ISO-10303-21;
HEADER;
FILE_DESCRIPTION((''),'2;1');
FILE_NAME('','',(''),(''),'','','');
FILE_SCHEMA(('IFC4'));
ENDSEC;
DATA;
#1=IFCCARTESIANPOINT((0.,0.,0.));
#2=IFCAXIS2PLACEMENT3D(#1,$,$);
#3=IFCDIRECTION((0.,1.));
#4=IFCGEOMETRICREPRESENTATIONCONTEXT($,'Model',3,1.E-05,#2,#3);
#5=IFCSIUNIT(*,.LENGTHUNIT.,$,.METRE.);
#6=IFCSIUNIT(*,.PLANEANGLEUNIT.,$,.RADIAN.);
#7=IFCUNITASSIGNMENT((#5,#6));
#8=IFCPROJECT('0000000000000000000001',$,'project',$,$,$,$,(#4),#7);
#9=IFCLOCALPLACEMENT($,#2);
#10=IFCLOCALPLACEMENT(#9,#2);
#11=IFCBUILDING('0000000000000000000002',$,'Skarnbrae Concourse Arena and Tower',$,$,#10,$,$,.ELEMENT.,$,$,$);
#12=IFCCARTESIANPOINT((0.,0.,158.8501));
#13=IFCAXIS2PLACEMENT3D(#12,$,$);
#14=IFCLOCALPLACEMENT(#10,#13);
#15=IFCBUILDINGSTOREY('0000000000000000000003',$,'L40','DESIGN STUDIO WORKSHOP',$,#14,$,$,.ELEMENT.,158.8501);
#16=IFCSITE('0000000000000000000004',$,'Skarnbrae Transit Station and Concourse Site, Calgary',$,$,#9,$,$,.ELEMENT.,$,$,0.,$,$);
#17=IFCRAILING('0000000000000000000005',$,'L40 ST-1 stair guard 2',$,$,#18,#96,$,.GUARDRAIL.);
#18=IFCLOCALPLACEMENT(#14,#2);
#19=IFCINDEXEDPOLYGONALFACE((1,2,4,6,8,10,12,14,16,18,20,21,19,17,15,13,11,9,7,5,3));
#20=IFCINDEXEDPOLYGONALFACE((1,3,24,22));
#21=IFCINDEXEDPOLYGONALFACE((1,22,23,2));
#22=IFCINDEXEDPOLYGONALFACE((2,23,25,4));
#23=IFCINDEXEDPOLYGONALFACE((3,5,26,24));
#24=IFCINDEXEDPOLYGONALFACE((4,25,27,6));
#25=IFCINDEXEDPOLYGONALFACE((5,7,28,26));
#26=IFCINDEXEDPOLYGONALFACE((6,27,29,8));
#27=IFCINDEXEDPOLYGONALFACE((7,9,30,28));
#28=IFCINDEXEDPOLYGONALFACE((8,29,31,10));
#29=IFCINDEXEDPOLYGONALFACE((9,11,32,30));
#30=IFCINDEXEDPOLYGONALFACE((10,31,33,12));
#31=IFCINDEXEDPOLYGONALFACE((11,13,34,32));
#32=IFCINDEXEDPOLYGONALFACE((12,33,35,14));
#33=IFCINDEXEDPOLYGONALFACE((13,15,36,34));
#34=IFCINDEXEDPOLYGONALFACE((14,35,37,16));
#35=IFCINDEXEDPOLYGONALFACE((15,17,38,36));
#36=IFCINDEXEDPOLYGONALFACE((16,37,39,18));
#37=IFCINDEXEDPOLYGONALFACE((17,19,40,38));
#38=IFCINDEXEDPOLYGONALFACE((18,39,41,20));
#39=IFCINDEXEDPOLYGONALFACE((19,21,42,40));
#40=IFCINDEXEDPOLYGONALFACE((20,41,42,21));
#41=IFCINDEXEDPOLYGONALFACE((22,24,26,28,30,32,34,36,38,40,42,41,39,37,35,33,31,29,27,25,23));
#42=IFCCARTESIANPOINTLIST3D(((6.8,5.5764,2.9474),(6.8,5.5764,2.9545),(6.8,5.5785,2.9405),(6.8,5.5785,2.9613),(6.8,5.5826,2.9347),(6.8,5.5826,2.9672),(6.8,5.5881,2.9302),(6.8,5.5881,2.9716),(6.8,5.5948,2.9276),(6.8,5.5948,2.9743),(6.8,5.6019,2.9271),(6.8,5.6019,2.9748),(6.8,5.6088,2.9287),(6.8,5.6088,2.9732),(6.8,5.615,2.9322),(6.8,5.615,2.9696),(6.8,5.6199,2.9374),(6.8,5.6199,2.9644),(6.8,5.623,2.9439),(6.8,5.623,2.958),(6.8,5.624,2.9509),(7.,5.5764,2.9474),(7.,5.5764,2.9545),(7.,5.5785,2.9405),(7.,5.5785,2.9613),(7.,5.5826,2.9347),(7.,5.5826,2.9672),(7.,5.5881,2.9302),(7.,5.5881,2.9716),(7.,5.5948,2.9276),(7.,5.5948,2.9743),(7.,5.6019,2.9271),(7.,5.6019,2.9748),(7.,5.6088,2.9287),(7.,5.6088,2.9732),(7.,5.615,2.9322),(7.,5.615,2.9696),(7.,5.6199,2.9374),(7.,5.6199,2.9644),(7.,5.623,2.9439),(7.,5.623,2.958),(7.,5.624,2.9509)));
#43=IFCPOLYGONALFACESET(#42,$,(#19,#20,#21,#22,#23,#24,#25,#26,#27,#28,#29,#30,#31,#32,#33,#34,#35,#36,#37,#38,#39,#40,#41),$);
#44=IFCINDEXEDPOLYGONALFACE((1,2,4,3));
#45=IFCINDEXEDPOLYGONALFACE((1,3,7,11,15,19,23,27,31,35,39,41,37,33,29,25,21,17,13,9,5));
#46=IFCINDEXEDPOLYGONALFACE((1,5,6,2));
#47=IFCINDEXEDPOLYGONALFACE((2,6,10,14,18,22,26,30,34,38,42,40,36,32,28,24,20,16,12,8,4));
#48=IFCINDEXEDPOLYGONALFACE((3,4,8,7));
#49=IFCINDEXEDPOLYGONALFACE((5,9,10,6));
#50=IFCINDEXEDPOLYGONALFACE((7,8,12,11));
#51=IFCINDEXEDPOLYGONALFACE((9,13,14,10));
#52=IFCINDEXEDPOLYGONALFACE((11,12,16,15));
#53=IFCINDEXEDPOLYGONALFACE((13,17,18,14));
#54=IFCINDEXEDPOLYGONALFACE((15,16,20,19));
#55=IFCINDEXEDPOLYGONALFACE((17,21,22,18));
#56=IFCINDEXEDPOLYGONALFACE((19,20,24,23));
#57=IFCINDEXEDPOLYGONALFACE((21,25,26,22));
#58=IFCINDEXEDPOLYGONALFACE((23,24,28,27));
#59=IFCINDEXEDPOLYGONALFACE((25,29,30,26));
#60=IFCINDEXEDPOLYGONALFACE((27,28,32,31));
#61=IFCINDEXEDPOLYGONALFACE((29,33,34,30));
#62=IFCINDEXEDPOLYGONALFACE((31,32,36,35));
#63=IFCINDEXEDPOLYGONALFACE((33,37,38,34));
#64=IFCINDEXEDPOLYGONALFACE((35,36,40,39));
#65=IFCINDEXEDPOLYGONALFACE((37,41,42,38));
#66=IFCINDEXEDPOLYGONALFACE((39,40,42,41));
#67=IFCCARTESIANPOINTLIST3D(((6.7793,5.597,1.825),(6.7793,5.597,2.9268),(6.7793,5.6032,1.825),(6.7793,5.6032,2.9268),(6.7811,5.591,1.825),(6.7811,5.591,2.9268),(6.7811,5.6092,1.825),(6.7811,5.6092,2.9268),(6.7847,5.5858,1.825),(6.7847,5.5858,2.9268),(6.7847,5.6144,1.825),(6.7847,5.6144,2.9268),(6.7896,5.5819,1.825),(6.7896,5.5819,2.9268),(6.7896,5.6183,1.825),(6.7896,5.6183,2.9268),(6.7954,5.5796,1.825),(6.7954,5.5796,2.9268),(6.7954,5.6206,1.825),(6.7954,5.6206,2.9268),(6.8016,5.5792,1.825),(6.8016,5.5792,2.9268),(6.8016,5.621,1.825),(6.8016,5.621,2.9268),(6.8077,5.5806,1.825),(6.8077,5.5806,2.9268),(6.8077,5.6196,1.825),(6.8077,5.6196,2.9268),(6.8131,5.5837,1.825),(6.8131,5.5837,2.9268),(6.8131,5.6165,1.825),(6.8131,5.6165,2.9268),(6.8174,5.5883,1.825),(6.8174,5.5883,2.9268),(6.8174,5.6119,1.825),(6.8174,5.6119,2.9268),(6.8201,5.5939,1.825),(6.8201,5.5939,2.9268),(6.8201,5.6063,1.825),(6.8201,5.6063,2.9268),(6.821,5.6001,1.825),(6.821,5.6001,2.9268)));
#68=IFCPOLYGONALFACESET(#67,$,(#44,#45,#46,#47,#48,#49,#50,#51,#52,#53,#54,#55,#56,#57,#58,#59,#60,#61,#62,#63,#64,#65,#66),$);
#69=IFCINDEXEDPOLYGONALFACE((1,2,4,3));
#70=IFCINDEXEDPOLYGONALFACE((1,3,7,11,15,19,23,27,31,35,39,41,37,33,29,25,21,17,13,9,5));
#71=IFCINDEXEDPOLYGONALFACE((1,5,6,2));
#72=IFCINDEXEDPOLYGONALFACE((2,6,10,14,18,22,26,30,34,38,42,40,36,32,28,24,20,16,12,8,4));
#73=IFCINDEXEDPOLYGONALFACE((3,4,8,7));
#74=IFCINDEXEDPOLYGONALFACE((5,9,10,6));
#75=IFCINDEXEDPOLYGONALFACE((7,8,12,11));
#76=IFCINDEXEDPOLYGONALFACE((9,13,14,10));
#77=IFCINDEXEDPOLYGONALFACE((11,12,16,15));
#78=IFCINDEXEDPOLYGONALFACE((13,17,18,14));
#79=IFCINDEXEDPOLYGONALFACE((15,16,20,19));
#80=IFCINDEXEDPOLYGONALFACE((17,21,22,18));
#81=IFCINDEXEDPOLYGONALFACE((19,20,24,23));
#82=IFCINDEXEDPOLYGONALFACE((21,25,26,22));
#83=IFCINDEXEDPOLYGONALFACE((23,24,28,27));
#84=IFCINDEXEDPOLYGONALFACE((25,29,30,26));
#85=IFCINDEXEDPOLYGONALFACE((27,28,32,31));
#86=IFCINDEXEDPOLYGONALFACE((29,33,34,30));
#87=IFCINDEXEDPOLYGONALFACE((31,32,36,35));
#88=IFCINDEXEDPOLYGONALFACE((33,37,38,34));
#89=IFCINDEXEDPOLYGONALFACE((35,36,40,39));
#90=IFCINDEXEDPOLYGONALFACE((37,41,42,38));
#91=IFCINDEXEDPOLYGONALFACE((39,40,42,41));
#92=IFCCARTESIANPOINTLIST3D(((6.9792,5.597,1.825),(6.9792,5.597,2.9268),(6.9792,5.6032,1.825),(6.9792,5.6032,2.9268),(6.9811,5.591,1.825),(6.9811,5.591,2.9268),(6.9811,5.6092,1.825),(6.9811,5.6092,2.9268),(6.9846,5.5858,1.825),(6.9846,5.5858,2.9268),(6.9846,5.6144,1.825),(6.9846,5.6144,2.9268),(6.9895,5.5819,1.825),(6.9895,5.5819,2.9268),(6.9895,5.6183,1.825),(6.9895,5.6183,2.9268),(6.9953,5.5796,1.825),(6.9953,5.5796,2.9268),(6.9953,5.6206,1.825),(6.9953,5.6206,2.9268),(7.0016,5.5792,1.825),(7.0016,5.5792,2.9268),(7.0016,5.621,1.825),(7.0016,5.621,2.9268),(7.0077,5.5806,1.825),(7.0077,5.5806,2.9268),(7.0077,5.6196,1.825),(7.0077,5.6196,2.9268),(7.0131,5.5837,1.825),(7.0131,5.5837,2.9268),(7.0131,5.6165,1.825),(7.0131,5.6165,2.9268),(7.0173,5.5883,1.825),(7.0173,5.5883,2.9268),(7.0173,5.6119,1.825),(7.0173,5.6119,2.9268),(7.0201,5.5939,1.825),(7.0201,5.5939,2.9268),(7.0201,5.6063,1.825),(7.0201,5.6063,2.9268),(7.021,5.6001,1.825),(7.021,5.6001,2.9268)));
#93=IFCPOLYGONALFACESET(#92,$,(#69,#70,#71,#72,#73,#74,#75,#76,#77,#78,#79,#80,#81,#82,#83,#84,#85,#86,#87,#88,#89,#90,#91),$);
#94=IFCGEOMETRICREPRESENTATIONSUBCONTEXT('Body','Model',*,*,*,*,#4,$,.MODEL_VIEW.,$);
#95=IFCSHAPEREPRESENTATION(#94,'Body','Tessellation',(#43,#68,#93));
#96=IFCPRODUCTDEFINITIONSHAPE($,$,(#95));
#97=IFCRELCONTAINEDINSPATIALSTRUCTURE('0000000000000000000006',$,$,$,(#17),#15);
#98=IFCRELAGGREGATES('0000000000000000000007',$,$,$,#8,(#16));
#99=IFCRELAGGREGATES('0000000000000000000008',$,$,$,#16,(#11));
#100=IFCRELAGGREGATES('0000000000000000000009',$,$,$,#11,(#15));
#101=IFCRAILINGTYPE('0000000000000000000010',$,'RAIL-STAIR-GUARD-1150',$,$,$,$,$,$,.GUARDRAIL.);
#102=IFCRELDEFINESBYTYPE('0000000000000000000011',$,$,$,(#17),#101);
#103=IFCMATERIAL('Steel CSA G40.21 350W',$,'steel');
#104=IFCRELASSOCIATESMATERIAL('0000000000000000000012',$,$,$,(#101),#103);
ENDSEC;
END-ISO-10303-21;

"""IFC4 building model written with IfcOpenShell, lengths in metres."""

from ifc_helpers import new_model, si_unit, direction, frame, origin, origin_2d, place, context, subcontext, project, spatial, circle, extrude, material, type_object, element, save


model = new_model("IFC4")

# Units and contexts
model_context = context("Model", 3, precision=1e-05, world=origin(), true_north=direction((0.0, 1.0)))
body_context = subcontext(model_context, "Body", "Model", "MODEL_VIEW")
ifc_project = project(units=[si_unit("LENGTHUNIT", "METRE"), si_unit("PLANEANGLEUNIT", "RADIAN")], contexts=[model_context])

# Site, building, storey
site_placement = place(None, origin())
site = spatial("IfcSite", under=ifc_project, at=site_placement, Name="Skarnbrae Transit Station and Concourse Site, Calgary", CompositionType="ELEMENT", RefElevation=0.0)
building_placement = place(site_placement, origin())
building = spatial("IfcBuilding", under=site, at=building_placement, Name="Skarnbrae Concourse Arena and Tower", CompositionType="ELEMENT")
storey_placement = place(building_placement, frame((0.0, 0.0, 158.8501)))
storey = spatial("IfcBuildingStorey", under=building, at=storey_placement, Name="L40", Description="DESIGN STUDIO WORKSHOP", CompositionType="ELEMENT", Elevation=158.8501)

# Railing
ifc_material_1 = material(Name="Steel CSA G40.21 350W", Category="steel")
railing_type_1 = type_object("IfcRailingType", Name="RAIL-STAIR-GUARD-1150", PredefinedType="GUARDRAIL", material=ifc_material_1)
railing_1_placement = place(storey_placement, frame((6.8, 5.6001, 1.825)))
element("IfcRailing", 1, at=railing_1_placement, inside=storey, type_object=railing_type_1, Name="L40 ST-1 stair guard 2", PredefinedType="GUARDRAIL", context=body_context, shape_type="SweptSolid", body=[
    extrude(circle(Radius=0.0239, at=origin_2d()), frame((0.0, 0.0, 1.126), z_axis=(1.0, 0.0, 0.0), x_axis=(0.0, 1.0, 0.0)), (0.0, 0.0, 1.0), 0.2),
    extrude(circle(Radius=0.021, at=origin_2d()), origin(), (0.0, 0.0, 1.0), 1.1018),
    extrude(circle(Radius=0.021, at=origin_2d()), frame((0.2, 0.0, 0.0)), (0.0, 0.0, 1.0), 1.1018),
])

save(model, "model.ifc")
